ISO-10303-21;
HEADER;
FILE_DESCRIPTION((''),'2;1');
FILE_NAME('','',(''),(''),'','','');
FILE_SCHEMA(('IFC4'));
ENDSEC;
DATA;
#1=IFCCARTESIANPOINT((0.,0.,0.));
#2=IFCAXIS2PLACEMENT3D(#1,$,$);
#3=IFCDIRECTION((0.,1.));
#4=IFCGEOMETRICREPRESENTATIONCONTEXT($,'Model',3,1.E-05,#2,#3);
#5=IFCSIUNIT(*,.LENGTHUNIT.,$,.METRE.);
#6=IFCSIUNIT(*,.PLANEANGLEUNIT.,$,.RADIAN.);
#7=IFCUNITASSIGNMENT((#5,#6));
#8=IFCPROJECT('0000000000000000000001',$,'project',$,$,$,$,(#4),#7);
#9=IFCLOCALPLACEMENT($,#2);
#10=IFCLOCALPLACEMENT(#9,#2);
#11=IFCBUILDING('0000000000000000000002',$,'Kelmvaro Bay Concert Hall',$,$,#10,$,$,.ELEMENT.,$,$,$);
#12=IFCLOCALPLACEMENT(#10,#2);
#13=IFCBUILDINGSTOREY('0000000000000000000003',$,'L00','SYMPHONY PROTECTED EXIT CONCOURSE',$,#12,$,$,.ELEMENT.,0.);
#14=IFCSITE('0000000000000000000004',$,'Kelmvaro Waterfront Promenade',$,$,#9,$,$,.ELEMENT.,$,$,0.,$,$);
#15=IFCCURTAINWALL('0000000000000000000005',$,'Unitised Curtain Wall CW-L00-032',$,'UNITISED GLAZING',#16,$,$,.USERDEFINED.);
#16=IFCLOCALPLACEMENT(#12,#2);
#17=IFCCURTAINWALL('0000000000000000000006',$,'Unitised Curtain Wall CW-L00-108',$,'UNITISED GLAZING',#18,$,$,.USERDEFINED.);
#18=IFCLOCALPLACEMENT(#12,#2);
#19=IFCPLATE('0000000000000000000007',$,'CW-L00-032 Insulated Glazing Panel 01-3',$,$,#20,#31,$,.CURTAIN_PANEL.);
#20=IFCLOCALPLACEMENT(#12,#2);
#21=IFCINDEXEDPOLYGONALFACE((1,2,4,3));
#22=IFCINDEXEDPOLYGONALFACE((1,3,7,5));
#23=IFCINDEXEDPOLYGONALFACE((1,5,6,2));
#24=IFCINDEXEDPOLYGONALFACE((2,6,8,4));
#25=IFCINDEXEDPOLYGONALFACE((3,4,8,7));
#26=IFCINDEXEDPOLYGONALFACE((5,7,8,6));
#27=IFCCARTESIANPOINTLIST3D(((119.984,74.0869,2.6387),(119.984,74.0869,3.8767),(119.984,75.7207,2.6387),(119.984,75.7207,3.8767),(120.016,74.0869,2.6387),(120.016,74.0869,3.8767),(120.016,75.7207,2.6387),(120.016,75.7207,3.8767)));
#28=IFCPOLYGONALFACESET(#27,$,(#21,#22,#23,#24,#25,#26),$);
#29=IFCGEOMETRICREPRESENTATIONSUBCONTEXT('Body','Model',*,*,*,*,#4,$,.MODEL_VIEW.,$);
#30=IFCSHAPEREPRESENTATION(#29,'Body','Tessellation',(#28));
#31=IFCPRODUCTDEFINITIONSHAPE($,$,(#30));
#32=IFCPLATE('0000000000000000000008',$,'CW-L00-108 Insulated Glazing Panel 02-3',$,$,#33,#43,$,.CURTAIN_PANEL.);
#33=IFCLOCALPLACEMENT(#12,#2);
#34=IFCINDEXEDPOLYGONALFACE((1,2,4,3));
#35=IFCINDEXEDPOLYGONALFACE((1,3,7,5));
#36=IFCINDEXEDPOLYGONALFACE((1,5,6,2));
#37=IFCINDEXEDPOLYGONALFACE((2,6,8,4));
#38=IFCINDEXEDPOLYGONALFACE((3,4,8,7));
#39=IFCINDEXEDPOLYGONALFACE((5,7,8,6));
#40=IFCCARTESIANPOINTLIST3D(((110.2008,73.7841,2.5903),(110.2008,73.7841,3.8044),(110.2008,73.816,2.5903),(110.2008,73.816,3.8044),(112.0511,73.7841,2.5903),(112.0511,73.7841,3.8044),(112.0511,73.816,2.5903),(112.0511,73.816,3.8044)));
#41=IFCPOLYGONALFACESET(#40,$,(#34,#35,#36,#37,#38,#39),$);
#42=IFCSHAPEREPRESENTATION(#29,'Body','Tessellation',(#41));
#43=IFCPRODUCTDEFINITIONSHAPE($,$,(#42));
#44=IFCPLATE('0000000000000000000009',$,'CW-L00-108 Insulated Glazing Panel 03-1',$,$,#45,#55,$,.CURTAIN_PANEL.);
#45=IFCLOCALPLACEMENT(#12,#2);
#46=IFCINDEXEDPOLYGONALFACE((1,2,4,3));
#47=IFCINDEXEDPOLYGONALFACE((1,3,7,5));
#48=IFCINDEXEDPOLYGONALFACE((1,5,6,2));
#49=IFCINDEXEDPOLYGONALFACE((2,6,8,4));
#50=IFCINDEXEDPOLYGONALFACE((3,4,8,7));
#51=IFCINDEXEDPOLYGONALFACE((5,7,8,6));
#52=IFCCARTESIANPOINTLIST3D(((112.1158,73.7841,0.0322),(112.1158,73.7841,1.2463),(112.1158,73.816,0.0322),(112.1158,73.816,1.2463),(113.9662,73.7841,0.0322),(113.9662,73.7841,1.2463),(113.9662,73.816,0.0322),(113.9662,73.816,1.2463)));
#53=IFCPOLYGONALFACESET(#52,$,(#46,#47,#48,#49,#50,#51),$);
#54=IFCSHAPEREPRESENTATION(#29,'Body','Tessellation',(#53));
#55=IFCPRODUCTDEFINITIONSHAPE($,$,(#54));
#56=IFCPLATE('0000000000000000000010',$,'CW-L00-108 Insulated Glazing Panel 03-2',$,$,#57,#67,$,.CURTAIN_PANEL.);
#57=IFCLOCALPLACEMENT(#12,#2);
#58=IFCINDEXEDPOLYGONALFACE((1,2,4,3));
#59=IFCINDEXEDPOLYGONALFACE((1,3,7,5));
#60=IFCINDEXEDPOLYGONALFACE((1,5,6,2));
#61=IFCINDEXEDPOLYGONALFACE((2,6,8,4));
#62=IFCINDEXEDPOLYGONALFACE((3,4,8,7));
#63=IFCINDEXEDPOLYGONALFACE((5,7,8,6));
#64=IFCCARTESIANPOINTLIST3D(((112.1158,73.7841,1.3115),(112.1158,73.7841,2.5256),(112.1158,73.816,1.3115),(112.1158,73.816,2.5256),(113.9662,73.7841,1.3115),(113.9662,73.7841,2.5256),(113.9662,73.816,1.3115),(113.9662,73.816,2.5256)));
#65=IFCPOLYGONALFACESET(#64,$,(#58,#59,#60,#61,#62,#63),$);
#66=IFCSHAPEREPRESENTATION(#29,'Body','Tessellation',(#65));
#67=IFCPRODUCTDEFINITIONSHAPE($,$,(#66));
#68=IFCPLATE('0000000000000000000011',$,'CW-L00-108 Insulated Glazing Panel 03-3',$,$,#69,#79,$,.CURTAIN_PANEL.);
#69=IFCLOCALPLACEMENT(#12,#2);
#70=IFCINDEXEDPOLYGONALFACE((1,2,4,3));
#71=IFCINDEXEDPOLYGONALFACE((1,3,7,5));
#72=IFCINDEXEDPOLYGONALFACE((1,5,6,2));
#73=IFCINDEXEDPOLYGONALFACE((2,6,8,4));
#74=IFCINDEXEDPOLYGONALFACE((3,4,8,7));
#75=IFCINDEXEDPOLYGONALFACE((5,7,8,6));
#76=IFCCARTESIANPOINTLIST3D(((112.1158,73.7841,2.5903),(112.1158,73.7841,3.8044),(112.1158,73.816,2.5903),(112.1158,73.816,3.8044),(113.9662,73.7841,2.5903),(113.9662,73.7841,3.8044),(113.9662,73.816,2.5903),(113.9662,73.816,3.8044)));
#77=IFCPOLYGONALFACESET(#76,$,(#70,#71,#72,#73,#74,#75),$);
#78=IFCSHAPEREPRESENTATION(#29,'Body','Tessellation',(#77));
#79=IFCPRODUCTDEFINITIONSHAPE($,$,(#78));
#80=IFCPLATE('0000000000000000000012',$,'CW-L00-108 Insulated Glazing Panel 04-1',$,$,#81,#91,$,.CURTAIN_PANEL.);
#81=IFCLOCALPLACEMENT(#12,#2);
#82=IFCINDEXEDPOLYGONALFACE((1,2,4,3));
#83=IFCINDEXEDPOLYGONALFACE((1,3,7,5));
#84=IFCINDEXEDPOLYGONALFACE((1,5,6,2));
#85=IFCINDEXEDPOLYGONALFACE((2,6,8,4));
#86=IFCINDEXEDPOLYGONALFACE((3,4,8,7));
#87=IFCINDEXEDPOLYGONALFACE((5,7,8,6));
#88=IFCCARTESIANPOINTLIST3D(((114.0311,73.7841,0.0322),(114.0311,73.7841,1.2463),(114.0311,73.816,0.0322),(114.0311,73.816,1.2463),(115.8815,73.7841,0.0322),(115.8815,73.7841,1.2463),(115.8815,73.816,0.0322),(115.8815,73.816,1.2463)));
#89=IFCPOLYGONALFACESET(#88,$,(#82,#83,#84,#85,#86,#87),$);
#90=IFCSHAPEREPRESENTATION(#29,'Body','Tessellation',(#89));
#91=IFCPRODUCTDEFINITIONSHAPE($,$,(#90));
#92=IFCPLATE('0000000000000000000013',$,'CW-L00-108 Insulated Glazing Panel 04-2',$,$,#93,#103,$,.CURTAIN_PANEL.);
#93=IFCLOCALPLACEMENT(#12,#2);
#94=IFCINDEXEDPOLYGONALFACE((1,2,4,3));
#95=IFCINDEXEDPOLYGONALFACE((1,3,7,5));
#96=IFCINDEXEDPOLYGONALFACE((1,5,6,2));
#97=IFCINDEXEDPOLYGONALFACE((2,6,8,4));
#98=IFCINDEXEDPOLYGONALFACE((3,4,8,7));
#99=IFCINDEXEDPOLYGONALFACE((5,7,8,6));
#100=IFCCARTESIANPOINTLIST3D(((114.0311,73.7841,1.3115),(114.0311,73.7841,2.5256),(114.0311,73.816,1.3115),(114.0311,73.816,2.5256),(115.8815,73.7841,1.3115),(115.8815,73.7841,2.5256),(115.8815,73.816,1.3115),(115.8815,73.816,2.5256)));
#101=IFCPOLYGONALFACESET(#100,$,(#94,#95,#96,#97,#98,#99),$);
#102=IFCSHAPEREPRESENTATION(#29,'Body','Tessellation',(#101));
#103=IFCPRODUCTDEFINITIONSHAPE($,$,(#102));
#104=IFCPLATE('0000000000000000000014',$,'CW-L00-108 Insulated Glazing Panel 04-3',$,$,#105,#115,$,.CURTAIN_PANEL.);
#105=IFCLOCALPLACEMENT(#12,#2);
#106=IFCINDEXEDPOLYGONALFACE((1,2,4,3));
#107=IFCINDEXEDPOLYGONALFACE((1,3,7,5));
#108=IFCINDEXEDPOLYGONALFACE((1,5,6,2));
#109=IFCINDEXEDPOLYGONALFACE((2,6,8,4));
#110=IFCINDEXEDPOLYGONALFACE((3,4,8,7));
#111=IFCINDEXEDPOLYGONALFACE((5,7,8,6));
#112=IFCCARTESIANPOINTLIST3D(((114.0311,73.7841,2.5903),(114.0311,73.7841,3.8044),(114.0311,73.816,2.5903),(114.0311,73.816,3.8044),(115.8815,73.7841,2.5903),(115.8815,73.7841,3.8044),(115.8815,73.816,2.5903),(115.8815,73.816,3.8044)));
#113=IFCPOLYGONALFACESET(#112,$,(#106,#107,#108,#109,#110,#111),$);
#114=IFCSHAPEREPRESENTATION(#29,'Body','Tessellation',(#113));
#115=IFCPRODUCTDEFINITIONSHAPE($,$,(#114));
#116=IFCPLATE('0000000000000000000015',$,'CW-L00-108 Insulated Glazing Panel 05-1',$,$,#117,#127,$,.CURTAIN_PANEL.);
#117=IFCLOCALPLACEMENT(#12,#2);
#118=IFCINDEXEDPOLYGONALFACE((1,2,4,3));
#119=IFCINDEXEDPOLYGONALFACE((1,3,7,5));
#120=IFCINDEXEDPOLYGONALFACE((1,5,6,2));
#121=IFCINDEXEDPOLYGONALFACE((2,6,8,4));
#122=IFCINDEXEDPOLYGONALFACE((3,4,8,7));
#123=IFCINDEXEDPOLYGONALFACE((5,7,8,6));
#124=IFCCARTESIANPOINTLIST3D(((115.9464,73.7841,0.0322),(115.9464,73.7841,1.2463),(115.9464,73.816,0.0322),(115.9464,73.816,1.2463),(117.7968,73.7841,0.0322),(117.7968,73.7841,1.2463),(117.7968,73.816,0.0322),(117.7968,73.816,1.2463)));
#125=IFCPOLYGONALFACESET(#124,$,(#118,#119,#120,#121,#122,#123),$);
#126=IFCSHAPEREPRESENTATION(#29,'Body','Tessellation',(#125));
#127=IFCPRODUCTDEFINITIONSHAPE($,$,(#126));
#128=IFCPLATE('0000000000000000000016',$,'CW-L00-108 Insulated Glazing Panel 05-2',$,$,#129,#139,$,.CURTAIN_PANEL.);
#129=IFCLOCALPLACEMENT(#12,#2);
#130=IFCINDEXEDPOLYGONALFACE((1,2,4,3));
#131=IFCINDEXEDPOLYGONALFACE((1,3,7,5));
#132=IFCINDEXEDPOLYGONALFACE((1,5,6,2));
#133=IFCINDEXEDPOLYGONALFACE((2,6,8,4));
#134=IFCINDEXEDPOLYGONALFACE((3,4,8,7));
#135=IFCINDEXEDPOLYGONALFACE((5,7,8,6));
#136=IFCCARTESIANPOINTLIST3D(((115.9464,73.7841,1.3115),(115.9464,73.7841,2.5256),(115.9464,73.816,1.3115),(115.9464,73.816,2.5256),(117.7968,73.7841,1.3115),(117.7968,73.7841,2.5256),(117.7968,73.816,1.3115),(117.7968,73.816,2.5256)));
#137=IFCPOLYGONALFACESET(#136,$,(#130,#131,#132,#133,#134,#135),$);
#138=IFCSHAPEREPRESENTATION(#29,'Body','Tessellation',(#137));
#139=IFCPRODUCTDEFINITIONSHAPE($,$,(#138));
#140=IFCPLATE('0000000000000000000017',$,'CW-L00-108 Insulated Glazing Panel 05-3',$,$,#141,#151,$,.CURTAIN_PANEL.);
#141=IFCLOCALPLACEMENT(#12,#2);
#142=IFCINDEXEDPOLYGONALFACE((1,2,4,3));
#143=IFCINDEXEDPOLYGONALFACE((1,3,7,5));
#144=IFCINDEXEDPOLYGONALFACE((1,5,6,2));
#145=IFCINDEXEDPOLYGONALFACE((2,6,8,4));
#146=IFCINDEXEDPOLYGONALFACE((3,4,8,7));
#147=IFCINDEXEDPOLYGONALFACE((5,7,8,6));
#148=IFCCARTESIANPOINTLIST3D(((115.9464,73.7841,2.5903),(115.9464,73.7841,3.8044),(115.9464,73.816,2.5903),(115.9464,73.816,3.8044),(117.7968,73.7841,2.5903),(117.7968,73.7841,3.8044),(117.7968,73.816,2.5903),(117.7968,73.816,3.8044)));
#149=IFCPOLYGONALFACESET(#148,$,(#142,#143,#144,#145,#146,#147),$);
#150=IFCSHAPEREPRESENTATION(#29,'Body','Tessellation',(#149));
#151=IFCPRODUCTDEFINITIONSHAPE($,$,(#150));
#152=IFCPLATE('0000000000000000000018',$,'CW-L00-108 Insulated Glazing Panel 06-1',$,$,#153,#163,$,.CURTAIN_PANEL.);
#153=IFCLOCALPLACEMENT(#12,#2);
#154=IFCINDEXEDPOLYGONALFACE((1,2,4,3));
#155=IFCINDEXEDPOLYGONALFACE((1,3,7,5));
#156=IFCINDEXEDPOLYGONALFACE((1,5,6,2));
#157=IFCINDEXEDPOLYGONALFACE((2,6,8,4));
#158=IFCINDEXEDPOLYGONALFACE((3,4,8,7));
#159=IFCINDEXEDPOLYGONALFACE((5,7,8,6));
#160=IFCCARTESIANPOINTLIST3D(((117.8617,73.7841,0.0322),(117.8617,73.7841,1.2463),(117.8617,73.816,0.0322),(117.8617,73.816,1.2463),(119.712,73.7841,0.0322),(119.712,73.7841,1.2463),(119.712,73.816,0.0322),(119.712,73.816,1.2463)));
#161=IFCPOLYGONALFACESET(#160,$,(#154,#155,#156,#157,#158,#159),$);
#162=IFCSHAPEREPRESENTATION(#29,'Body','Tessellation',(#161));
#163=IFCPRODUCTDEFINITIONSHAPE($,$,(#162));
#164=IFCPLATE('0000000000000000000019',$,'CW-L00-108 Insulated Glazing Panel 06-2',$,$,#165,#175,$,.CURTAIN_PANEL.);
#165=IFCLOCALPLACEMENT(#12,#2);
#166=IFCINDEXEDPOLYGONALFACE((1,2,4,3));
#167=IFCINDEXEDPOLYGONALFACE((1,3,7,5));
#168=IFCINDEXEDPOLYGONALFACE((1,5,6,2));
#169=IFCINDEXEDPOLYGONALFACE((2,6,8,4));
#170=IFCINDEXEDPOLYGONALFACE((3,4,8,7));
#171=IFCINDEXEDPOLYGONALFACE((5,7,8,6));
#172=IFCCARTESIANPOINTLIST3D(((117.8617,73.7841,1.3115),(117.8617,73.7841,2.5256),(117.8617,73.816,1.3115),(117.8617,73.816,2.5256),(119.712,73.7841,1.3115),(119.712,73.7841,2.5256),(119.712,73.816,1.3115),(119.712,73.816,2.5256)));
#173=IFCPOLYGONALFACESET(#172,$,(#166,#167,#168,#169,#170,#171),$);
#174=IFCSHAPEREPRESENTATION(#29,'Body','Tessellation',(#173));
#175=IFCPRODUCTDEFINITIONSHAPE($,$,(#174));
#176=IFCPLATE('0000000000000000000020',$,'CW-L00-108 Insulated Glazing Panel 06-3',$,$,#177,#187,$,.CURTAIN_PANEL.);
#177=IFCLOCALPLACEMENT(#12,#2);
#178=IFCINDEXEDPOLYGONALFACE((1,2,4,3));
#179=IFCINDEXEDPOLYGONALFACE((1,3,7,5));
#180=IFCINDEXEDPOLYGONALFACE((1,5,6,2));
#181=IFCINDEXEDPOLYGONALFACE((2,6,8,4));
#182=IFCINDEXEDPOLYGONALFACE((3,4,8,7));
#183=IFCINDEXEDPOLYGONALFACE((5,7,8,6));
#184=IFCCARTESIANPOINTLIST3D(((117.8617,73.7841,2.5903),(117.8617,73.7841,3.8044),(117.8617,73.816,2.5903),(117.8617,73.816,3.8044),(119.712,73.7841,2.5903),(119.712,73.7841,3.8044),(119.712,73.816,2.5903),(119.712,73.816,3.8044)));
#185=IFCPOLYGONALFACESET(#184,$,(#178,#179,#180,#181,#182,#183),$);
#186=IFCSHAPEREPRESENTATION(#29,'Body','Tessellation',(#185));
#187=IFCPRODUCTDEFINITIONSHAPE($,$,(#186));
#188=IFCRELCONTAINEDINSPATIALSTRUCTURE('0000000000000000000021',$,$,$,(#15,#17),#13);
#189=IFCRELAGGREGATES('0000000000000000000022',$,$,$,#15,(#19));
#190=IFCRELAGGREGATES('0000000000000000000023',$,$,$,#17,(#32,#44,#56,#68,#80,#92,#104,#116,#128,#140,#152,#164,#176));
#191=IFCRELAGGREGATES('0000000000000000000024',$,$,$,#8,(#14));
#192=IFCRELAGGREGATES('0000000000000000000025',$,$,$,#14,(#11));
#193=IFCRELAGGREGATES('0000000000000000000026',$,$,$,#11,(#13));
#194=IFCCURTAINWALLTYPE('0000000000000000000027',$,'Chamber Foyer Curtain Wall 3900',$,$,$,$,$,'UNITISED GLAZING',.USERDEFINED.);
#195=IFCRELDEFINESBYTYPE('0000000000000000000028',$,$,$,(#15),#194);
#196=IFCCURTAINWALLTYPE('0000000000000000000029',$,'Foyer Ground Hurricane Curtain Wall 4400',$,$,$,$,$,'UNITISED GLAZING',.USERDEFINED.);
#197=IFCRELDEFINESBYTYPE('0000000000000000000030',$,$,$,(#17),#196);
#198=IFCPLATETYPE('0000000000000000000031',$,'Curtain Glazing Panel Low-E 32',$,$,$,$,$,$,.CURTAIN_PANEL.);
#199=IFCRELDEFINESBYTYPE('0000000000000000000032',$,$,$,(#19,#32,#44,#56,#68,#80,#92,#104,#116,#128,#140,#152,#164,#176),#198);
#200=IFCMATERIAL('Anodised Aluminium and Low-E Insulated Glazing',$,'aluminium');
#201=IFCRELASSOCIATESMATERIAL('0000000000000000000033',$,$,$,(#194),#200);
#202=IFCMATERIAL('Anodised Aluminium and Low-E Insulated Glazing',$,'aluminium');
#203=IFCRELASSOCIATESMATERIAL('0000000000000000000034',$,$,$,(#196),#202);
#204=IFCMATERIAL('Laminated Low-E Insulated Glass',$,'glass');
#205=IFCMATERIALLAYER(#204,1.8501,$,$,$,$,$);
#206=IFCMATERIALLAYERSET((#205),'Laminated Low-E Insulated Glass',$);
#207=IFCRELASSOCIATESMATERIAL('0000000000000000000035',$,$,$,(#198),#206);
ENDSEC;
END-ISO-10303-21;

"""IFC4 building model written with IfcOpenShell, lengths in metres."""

from ifc_helpers import new_model, si_unit, direction, frame, origin, origin_2d, place, context, subcontext, project, spatial, rectangle, extrude, material, layer, layer_set, type_object, element, aggregate, save


model = new_model("IFC4")

# Units and contexts
model_context = context("Model", 3, precision=1e-05, world=origin(), true_north=direction((0.0, 1.0)))
body_context = subcontext(model_context, "Body", "Model", "MODEL_VIEW")
ifc_project = project(units=[si_unit("LENGTHUNIT", "METRE"), si_unit("PLANEANGLEUNIT", "RADIAN")], contexts=[model_context])

# Site, building, storey
site_placement = place(None, origin())
site = spatial("IfcSite", under=ifc_project, at=site_placement, Name="Kelmvaro Waterfront Promenade", CompositionType="ELEMENT", RefElevation=0.0)
building_placement = place(site_placement, origin())
building = spatial("IfcBuilding", under=site, at=building_placement, Name="Kelmvaro Bay Concert Hall", CompositionType="ELEMENT")
storey_placement = place(building_placement, origin())
storey = spatial("IfcBuildingStorey", under=building, at=storey_placement, Name="L00", Description="SYMPHONY PROTECTED EXIT CONCOURSE", CompositionType="ELEMENT", Elevation=0.0)

# Curtain walls
ifc_material_1 = material(Name="Anodised Aluminium and Low-E Insulated Glazing", Category="aluminium")
curtain_wall_type_1 = type_object("IfcCurtainWallType", Name="Chamber Foyer Curtain Wall 3900", ElementType="UNITISED GLAZING", PredefinedType="USERDEFINED", material=ifc_material_1)
curtain_wall_1_placement = place(storey_placement, origin())
curtain_wall_1 = element("IfcCurtainWall", 1, at=curtain_wall_1_placement, inside=storey, type_object=curtain_wall_type_1, Name="Unitised Curtain Wall CW-L00-032", ObjectType="UNITISED GLAZING", PredefinedType="USERDEFINED")
ifc_material_2 = material(Name="Anodised Aluminium and Low-E Insulated Glazing", Category="aluminium")
curtain_wall_type_2 = type_object("IfcCurtainWallType", Name="Foyer Ground Hurricane Curtain Wall 4400", ElementType="UNITISED GLAZING", PredefinedType="USERDEFINED", material=ifc_material_2)
curtain_wall_2_placement = place(storey_placement, origin())
curtain_wall_2 = element("IfcCurtainWall", 2, at=curtain_wall_2_placement, inside=storey, type_object=curtain_wall_type_2, Name="Unitised Curtain Wall CW-L00-108", ObjectType="UNITISED GLAZING", PredefinedType="USERDEFINED")

# Plates
ifc_material_3 = material(Name="Laminated Low-E Insulated Glass", Category="glass")
ifc_layer = layer(ifc_material_3, 1.8501)
ifc_layer_set = layer_set([ifc_layer], Name="Laminated Low-E Insulated Glass")
plate_type = type_object("IfcPlateType", Name="Curtain Glazing Panel Low-E 32", PredefinedType="CURTAIN_PANEL", material=ifc_layer_set)
plate_1_placement = place(storey_placement, frame((120.0, 74.9038, 2.6387), z_axis=(0.0, 0.0, 1.0), x_axis=(0.0, 1.0, 0.0)))
plate_1 = element("IfcPlate", 3, at=plate_1_placement, type_object=plate_type, Name="CW-L00-032 Insulated Glazing Panel 01-3", PredefinedType="CURTAIN_PANEL", context=body_context, shape_type="SweptSolid", body=[
    extrude(rectangle(XDim=1.6338, YDim=0.032, at=origin_2d()), origin(), (0.0, 0.0, 1.0), 1.238),
])
aggregate(curtain_wall_1, [plate_1])
plate_2_placement = place(storey_placement, frame((111.126, 73.8, 2.5903), z_axis=(0.0, 0.0, 1.0), x_axis=(1.0, 0.0, 0.0)))
plate_2 = element("IfcPlate", 4, at=plate_2_placement, type_object=plate_type, Name="CW-L00-108 Insulated Glazing Panel 02-3", PredefinedType="CURTAIN_PANEL", context=body_context, shape_type="SweptSolid", body=[
    extrude(rectangle(XDim=1.8503, YDim=0.032, at=origin_2d()), origin(), (0.0, 0.0, 1.0), 1.2141),
])
plate_3_placement = place(storey_placement, frame((113.041, 73.8, 0.0322), z_axis=(0.0, 0.0, 1.0), x_axis=(1.0, 0.0, 0.0)))
plate_3 = element("IfcPlate", 5, at=plate_3_placement, type_object=plate_type, Name="CW-L00-108 Insulated Glazing Panel 03-1", PredefinedType="CURTAIN_PANEL", context=body_context, shape_type="SweptSolid", body=[
    extrude(rectangle(XDim=1.8503, YDim=0.032, at=origin_2d()), origin(), (0.0, 0.0, 1.0), 1.2141),
])
plate_4_placement = place(storey_placement, frame((113.041, 73.8, 1.3115), z_axis=(0.0, 0.0, 1.0), x_axis=(1.0, 0.0, 0.0)))
plate_4 = element("IfcPlate", 6, at=plate_4_placement, type_object=plate_type, Name="CW-L00-108 Insulated Glazing Panel 03-2", PredefinedType="CURTAIN_PANEL", context=body_context, shape_type="SweptSolid", body=[
    extrude(rectangle(XDim=1.8503, YDim=0.032, at=origin_2d()), origin(), (0.0, 0.0, 1.0), 1.2141),
])
plate_5_placement = place(storey_placement, frame((113.041, 73.8, 2.5903), z_axis=(0.0, 0.0, 1.0), x_axis=(1.0, 0.0, 0.0)))
plate_5 = element("IfcPlate", 7, at=plate_5_placement, type_object=plate_type, Name="CW-L00-108 Insulated Glazing Panel 03-3", PredefinedType="CURTAIN_PANEL", context=body_context, shape_type="SweptSolid", body=[
    extrude(rectangle(XDim=1.8503, YDim=0.032, at=origin_2d()), origin(), (0.0, 0.0, 1.0), 1.2141),
])
plate_6_placement = place(storey_placement, frame((114.9563, 73.8, 0.0322), z_axis=(0.0, 0.0, 1.0), x_axis=(1.0, 0.0, 0.0)))
plate_6 = element("IfcPlate", 8, at=plate_6_placement, type_object=plate_type, Name="CW-L00-108 Insulated Glazing Panel 04-1", PredefinedType="CURTAIN_PANEL", context=body_context, shape_type="SweptSolid", body=[
    extrude(rectangle(XDim=1.8503, YDim=0.032, at=origin_2d()), origin(), (0.0, 0.0, 1.0), 1.2141),
])
plate_7_placement = place(storey_placement, frame((114.9563, 73.8, 1.3115), z_axis=(0.0, 0.0, 1.0), x_axis=(1.0, 0.0, 0.0)))
plate_7 = element("IfcPlate", 9, at=plate_7_placement, type_object=plate_type, Name="CW-L00-108 Insulated Glazing Panel 04-2", PredefinedType="CURTAIN_PANEL", context=body_context, shape_type="SweptSolid", body=[
    extrude(rectangle(XDim=1.8503, YDim=0.032, at=origin_2d()), origin(), (0.0, 0.0, 1.0), 1.2141),
])
plate_8_placement = place(storey_placement, frame((114.9563, 73.8, 2.5903), z_axis=(0.0, 0.0, 1.0), x_axis=(1.0, 0.0, 0.0)))
plate_8 = element("IfcPlate", 10, at=plate_8_placement, type_object=plate_type, Name="CW-L00-108 Insulated Glazing Panel 04-3", PredefinedType="CURTAIN_PANEL", context=body_context, shape_type="SweptSolid", body=[
    extrude(rectangle(XDim=1.8503, YDim=0.032, at=origin_2d()), origin(), (0.0, 0.0, 1.0), 1.2141),
])
plate_9_placement = place(storey_placement, frame((116.8716, 73.8, 0.0322), z_axis=(0.0, 0.0, 1.0), x_axis=(1.0, 0.0, 0.0)))
plate_9 = element("IfcPlate", 11, at=plate_9_placement, type_object=plate_type, Name="CW-L00-108 Insulated Glazing Panel 05-1", PredefinedType="CURTAIN_PANEL", context=body_context, shape_type="SweptSolid", body=[
    extrude(rectangle(XDim=1.8503, YDim=0.032, at=origin_2d()), origin(), (0.0, 0.0, 1.0), 1.2141),
])
plate_10_placement = place(storey_placement, frame((116.8716, 73.8, 1.3115), z_axis=(0.0, 0.0, 1.0), x_axis=(1.0, 0.0, 0.0)))
plate_10 = element("IfcPlate", 12, at=plate_10_placement, type_object=plate_type, Name="CW-L00-108 Insulated Glazing Panel 05-2", PredefinedType="CURTAIN_PANEL", context=body_context, shape_type="SweptSolid", body=[
    extrude(rectangle(XDim=1.8503, YDim=0.032, at=origin_2d()), origin(), (0.0, 0.0, 1.0), 1.2141),
])
plate_11_placement = place(storey_placement, frame((116.8716, 73.8, 2.5903), z_axis=(0.0, 0.0, 1.0), x_axis=(1.0, 0.0, 0.0)))
plate_11 = element("IfcPlate", 13, at=plate_11_placement, type_object=plate_type, Name="CW-L00-108 Insulated Glazing Panel 05-3", PredefinedType="CURTAIN_PANEL", context=body_context, shape_type="SweptSolid", body=[
    extrude(rectangle(XDim=1.8503, YDim=0.032, at=origin_2d()), origin(), (0.0, 0.0, 1.0), 1.2141),
])
plate_12_placement = place(storey_placement, frame((118.7869, 73.8, 0.0322), z_axis=(0.0, 0.0, 1.0), x_axis=(1.0, 0.0, 0.0)))
plate_12 = element("IfcPlate", 14, at=plate_12_placement, type_object=plate_type, Name="CW-L00-108 Insulated Glazing Panel 06-1", PredefinedType="CURTAIN_PANEL", context=body_context, shape_type="SweptSolid", body=[
    extrude(rectangle(XDim=1.8503, YDim=0.032, at=origin_2d()), origin(), (0.0, 0.0, 1.0), 1.2141),
])
plate_13_placement = place(storey_placement, frame((118.7869, 73.8, 1.3115), z_axis=(0.0, 0.0, 1.0), x_axis=(1.0, 0.0, 0.0)))
plate_13 = element("IfcPlate", 15, at=plate_13_placement, type_object=plate_type, Name="CW-L00-108 Insulated Glazing Panel 06-2", PredefinedType="CURTAIN_PANEL", context=body_context, shape_type="SweptSolid", body=[
    extrude(rectangle(XDim=1.8503, YDim=0.032, at=origin_2d()), origin(), (0.0, 0.0, 1.0), 1.2141),
])
plate_14_placement = place(storey_placement, frame((118.7869, 73.8, 2.5903), z_axis=(0.0, 0.0, 1.0), x_axis=(1.0, 0.0, 0.0)))
plate_14 = element("IfcPlate", 16, at=plate_14_placement, type_object=plate_type, Name="CW-L00-108 Insulated Glazing Panel 06-3", PredefinedType="CURTAIN_PANEL", context=body_context, shape_type="SweptSolid", body=[
    extrude(rectangle(XDim=1.8503, YDim=0.032, at=origin_2d()), origin(), (0.0, 0.0, 1.0), 1.2141),
])
aggregate(curtain_wall_2, [plate_2, plate_3, plate_4, plate_5, plate_6, plate_7, plate_8, plate_9, plate_10, plate_11, plate_12, plate_13, plate_14])

save(model, "model.ifc")
